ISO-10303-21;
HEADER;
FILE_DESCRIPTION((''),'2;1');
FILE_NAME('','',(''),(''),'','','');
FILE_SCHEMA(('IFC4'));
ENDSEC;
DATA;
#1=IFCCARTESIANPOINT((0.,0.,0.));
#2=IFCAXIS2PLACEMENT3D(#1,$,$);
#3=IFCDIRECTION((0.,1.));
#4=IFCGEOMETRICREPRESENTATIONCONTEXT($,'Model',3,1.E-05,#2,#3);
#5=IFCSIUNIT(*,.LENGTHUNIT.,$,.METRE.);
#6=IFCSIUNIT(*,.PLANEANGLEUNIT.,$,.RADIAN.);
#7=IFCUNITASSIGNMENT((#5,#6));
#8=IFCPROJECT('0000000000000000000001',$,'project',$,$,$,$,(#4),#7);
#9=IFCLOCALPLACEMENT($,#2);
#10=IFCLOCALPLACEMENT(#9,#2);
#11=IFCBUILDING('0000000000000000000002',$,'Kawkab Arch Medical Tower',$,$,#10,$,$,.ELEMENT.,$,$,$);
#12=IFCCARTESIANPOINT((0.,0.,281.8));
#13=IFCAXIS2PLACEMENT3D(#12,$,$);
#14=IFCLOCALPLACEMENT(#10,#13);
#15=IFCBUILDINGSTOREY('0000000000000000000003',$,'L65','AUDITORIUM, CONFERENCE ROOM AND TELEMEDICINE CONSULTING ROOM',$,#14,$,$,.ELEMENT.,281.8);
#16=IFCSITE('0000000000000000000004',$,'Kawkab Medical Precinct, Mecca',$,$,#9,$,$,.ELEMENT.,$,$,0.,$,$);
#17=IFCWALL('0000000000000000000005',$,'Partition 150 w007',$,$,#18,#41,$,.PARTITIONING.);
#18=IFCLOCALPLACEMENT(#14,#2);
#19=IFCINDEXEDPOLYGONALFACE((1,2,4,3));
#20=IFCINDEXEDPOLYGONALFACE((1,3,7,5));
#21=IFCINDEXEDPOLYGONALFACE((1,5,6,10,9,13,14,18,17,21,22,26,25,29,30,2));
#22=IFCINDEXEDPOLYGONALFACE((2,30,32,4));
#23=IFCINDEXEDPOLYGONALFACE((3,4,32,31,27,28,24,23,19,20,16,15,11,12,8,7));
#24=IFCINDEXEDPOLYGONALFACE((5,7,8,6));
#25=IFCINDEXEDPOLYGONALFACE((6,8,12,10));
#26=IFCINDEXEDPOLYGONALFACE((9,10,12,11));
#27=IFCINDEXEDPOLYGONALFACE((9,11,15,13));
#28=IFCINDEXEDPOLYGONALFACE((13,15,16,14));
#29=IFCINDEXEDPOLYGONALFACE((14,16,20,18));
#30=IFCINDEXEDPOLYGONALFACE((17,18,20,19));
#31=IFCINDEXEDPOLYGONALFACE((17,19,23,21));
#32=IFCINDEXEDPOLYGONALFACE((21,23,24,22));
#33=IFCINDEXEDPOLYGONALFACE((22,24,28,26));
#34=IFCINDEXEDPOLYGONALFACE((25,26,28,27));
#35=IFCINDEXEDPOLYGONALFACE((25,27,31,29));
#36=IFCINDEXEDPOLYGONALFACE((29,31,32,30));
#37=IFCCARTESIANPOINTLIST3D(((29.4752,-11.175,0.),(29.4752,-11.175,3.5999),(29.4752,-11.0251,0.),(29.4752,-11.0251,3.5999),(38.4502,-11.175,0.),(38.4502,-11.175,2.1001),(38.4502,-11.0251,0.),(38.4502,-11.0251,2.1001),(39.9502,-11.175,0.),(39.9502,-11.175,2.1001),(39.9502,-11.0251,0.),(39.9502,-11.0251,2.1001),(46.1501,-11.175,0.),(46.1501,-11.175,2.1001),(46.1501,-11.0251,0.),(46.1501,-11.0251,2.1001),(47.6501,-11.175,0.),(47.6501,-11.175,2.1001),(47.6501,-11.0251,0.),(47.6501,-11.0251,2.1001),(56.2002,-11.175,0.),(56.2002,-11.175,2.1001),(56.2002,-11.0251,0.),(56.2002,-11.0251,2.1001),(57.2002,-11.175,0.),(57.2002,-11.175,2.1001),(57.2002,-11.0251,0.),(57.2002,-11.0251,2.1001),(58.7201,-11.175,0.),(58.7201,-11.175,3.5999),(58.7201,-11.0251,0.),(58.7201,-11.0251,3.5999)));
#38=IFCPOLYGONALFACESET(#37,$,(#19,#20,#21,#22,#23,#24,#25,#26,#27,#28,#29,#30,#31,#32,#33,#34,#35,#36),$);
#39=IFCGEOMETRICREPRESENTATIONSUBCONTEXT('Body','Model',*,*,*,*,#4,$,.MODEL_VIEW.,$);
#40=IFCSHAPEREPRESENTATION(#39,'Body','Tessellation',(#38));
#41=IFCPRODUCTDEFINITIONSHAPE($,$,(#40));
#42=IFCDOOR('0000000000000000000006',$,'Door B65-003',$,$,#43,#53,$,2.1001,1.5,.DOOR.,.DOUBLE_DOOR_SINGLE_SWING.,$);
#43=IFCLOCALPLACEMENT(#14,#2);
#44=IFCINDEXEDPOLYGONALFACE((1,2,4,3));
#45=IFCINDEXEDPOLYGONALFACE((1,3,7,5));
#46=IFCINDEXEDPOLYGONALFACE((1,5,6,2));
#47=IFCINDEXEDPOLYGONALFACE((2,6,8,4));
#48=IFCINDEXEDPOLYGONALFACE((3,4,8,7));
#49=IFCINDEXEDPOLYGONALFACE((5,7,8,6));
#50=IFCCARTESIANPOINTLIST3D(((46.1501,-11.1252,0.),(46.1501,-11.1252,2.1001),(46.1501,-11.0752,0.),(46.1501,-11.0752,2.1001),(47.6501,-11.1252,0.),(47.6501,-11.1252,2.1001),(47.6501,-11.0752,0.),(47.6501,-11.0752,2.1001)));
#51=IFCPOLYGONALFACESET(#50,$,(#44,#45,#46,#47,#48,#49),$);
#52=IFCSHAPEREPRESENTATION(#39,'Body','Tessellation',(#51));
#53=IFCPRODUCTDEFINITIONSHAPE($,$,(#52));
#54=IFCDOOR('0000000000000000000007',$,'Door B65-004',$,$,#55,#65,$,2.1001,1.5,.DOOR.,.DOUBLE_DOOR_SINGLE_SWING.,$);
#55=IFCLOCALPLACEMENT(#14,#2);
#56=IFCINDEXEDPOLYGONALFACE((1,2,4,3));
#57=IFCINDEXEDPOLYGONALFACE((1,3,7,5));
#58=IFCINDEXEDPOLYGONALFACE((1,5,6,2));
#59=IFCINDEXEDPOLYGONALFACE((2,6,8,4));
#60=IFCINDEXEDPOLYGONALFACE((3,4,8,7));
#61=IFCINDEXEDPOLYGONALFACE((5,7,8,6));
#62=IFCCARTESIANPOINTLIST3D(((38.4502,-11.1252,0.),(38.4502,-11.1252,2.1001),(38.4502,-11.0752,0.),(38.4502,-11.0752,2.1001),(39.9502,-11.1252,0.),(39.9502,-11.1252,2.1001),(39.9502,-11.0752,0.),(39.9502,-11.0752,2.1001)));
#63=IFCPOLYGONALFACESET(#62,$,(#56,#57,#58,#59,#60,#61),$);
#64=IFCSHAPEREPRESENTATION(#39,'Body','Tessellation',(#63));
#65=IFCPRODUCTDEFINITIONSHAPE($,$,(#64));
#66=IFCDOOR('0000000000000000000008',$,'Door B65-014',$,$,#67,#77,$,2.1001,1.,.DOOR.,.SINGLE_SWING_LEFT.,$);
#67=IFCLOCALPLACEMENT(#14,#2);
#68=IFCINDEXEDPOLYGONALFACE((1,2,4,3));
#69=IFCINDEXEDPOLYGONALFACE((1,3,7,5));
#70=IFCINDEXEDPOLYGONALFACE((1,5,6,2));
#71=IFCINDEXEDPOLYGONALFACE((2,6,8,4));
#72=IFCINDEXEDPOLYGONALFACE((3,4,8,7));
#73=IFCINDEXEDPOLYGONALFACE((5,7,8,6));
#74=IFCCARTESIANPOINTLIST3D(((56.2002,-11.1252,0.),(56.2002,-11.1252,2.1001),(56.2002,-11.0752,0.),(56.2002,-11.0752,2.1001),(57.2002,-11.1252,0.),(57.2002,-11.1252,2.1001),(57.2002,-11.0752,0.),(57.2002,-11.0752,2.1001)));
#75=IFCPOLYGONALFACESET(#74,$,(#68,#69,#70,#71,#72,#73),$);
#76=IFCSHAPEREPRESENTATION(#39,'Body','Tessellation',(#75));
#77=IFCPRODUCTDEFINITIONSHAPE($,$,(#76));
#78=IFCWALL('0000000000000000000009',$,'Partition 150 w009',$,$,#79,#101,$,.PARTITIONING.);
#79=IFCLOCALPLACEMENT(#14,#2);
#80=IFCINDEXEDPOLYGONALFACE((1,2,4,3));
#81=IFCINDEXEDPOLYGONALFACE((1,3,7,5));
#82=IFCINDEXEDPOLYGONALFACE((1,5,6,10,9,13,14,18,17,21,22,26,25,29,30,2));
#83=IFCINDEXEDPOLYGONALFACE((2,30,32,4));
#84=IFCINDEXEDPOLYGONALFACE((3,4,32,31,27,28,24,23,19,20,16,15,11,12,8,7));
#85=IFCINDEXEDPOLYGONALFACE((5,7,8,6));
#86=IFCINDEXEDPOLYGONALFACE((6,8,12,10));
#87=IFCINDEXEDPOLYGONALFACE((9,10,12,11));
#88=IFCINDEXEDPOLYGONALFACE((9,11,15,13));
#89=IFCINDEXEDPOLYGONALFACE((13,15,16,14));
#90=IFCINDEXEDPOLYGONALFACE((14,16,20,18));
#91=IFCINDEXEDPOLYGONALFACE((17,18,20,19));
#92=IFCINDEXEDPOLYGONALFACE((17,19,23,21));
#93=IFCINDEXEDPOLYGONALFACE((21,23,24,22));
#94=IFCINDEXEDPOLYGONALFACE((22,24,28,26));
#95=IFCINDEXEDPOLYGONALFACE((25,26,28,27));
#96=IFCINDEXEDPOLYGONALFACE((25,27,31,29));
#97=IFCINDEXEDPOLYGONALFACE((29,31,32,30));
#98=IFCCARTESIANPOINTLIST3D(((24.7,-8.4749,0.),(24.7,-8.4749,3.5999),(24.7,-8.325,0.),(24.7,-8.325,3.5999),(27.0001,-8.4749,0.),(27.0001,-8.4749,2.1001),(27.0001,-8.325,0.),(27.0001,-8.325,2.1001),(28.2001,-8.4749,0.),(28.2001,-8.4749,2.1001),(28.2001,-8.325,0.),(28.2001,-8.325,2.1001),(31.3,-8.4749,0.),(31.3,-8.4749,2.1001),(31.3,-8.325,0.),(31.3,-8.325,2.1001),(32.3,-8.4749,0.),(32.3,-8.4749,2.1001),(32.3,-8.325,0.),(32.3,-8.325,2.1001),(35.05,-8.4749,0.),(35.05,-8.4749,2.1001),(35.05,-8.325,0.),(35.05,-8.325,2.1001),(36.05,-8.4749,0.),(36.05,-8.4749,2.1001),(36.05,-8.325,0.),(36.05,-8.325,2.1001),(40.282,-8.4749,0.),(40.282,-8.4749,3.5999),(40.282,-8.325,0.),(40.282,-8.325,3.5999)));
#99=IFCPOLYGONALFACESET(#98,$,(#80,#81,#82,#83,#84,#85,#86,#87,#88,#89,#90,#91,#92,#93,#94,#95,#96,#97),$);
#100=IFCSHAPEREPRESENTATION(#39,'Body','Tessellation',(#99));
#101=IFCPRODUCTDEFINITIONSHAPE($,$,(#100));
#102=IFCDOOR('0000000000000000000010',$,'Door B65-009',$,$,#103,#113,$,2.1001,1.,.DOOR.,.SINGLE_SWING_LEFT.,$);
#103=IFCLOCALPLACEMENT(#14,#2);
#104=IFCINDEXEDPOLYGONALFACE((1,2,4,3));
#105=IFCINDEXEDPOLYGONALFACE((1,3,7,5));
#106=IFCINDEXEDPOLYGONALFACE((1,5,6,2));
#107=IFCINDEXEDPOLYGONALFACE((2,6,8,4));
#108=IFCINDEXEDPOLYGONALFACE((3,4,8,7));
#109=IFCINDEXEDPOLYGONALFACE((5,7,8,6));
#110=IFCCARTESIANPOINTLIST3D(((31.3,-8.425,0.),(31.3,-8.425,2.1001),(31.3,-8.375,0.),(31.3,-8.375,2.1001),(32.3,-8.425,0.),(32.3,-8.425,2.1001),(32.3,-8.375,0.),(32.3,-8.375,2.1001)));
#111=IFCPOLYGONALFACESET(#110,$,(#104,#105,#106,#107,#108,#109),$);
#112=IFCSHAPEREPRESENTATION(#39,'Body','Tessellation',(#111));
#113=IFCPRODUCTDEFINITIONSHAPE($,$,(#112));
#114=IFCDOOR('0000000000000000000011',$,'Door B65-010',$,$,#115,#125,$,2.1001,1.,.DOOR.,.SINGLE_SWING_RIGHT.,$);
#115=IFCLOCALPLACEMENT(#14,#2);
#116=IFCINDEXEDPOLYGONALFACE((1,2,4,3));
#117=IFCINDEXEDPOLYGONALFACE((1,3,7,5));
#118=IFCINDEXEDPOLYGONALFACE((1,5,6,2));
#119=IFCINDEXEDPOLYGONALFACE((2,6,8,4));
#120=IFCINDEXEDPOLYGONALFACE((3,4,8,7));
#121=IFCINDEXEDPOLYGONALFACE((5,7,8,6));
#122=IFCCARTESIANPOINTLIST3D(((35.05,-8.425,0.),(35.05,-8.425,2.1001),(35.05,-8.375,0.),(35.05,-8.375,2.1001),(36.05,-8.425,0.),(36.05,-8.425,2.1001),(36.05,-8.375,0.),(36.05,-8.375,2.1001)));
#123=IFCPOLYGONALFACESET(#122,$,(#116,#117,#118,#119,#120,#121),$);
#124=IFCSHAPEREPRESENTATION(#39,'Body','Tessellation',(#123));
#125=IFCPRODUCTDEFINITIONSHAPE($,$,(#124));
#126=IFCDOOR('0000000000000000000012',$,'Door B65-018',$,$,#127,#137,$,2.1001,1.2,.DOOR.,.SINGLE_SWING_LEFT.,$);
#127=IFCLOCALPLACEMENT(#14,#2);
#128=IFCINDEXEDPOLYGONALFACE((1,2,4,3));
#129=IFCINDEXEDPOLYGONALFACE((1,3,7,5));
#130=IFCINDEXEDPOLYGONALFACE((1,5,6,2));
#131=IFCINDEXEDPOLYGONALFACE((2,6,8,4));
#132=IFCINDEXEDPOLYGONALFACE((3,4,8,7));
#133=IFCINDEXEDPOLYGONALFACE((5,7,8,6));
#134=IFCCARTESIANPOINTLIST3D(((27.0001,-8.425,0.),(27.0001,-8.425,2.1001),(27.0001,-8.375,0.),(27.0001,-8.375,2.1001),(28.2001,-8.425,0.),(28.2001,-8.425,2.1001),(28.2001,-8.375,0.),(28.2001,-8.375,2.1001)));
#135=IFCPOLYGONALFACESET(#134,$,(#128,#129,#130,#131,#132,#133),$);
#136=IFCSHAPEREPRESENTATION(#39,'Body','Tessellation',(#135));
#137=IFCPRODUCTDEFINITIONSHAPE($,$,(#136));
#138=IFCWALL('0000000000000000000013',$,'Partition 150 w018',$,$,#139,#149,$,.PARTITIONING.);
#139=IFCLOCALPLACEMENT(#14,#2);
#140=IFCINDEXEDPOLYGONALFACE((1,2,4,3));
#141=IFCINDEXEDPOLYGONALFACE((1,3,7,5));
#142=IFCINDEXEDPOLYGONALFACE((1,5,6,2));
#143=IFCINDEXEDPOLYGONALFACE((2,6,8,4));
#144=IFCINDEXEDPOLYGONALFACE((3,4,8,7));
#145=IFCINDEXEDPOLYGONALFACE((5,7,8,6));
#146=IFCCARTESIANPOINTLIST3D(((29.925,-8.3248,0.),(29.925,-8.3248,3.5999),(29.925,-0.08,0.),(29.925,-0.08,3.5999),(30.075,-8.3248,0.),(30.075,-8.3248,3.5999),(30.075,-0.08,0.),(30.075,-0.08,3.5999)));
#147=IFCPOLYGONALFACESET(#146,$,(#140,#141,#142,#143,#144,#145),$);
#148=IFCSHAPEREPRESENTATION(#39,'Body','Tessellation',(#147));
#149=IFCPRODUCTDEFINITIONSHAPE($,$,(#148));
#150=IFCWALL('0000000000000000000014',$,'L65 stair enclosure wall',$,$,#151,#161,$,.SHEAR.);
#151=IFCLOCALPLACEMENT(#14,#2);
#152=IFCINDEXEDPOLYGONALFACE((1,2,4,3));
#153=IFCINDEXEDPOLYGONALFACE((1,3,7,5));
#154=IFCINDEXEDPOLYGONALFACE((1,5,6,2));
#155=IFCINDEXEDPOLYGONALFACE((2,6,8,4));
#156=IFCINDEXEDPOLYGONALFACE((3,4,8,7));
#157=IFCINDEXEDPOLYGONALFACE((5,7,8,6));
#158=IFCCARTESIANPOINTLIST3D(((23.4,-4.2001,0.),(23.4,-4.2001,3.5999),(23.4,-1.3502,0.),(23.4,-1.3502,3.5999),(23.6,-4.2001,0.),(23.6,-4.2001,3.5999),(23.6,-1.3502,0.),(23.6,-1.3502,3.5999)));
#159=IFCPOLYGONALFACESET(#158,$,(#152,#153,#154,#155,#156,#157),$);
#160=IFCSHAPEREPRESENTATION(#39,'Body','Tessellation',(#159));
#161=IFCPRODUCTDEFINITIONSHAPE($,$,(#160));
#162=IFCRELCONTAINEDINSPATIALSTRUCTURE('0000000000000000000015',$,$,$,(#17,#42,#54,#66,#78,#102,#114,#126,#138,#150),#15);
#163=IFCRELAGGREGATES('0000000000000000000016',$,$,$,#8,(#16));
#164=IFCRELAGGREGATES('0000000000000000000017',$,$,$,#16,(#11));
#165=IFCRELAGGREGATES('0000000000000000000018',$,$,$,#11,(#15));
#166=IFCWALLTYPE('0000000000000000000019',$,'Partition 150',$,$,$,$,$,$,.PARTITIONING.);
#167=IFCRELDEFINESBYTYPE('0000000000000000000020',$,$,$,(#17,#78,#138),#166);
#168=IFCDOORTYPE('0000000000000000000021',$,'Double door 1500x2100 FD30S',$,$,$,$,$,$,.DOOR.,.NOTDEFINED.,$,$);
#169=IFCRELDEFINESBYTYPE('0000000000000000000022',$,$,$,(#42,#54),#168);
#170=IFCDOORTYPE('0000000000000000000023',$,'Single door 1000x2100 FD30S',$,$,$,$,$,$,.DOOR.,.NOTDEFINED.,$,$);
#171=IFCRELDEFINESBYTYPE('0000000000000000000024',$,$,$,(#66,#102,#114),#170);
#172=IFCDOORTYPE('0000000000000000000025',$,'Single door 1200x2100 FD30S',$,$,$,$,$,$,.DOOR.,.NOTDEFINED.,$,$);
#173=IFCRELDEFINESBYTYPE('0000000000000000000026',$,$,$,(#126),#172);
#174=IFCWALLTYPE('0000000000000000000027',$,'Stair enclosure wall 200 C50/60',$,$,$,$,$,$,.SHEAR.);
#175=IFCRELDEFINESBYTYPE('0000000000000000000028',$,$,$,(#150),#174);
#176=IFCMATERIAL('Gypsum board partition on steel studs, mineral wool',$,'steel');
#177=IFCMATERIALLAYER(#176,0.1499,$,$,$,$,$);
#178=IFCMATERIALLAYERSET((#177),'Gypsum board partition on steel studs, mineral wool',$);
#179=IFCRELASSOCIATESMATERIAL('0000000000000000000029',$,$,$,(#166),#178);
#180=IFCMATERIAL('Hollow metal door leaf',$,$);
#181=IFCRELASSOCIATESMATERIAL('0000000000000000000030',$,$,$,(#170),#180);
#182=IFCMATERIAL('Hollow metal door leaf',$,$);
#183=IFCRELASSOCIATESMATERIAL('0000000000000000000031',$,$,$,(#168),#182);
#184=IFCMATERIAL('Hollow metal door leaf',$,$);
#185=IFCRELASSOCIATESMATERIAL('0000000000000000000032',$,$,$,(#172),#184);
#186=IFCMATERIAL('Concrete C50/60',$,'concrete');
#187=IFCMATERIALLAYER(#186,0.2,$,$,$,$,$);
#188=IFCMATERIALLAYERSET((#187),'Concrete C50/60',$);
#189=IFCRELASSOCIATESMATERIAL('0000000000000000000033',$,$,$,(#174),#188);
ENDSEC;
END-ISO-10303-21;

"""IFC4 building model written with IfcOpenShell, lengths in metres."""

from ifc_helpers import new_model, si_unit, direction, frame, frame_2d, origin, place, context, subcontext, project, spatial, rectangle, extrude, material, layer, layer_set, type_object, element, fill, save


model = new_model("IFC4")

# Units and contexts
model_context = context("Model", 3, precision=1e-05, world=origin(), true_north=direction((0.0, 1.0)))
body_context = subcontext(model_context, "Body", "Model", "MODEL_VIEW")
ifc_project = project(units=[si_unit("LENGTHUNIT", "METRE"), si_unit("PLANEANGLEUNIT", "RADIAN")], contexts=[model_context])

# Site, building, storey
site_placement = place(None, origin())
site = spatial("IfcSite", under=ifc_project, at=site_placement, Name="Kawkab Medical Precinct, Mecca", CompositionType="ELEMENT", RefElevation=0.0)
building_placement = place(site_placement, origin())
building = spatial("IfcBuilding", under=site, at=building_placement, Name="Kawkab Arch Medical Tower", CompositionType="ELEMENT")
storey_placement = place(building_placement, frame((0.0, 0.0, 281.8)))
storey = spatial("IfcBuildingStorey", under=building, at=storey_placement, Name="L65", Description="AUDITORIUM, CONFERENCE ROOM AND TELEMEDICINE CONSULTING ROOM", CompositionType="ELEMENT", Elevation=281.8)

# Walls, openings, doors
ifc_material_1 = material(Name="Gypsum board partition on steel studs, mineral wool", Category="steel")
ifc_layer_1 = layer(ifc_material_1, 0.1499)
ifc_layer_set_1 = layer_set([ifc_layer_1], Name="Gypsum board partition on steel studs, mineral wool")
wall_type_1 = type_object("IfcWallType", Name="Partition 150", PredefinedType="PARTITIONING", material=ifc_layer_set_1)
ifc_material_2 = material(Name="Hollow metal door leaf")
door_type_1 = type_object("IfcDoorType", Name="Single door 1000x2100 FD30S", OperationType="NOTDEFINED", PredefinedType="DOOR", material=ifc_material_2)
wall_1_placement = place(storey_placement, frame((29.4751, -11.1001, 0.0), z_axis=(0.0, 0.0, 1.0), x_axis=(1.0, 0.0, 0.0)))
wall_1 = element("IfcWall", 1, at=wall_1_placement, inside=storey, type_object=wall_type_1, Name="Partition 150 w007", PredefinedType="PARTITIONING", context=body_context, shape_type="SweptSolid", body=[
    extrude(rectangle(XDim=29.2449, YDim=0.1499, at=frame_2d((14.6226, 0.0))), origin(), (0.0, 0.0, 1.0), 3.5999),
])
opening_1_placement = place(wall_1_placement, frame((26.7251, 0.0, 0.0)))
opening_1 = element("IfcOpeningElement", 2, at=opening_1_placement, cuts=wall_1, PredefinedType="OPENING", context=body_context, shape_type="SweptSolid", body=[
    extrude(rectangle(XDim=1.0, YDim=2.1001, at=frame_2d((0.5, 1.05))), frame((0.0, 0.085, 0.0), z_axis=(0.0, -1.0, 0.0), x_axis=(1.0, 0.0, 0.0)), (0.0, 0.0, 1.0), 0.1699),
])
opening_2_placement = place(wall_1_placement, frame((16.675, 0.0, 0.0)))
opening_2 = element("IfcOpeningElement", 3, at=opening_2_placement, cuts=wall_1, PredefinedType="OPENING", context=body_context, shape_type="SweptSolid", body=[
    extrude(rectangle(XDim=1.5, YDim=2.1001, at=frame_2d((0.75, 1.05))), frame((0.0, 0.085, 0.0), z_axis=(0.0, -1.0, 0.0), x_axis=(1.0, 0.0, 0.0)), (0.0, 0.0, 1.0), 0.1699),
])
opening_3_placement = place(wall_1_placement, frame((8.9751, 0.0, 0.0)))
opening_3 = element("IfcOpeningElement", 4, at=opening_3_placement, cuts=wall_1, PredefinedType="OPENING", context=body_context, shape_type="SweptSolid", body=[
    extrude(rectangle(XDim=1.5, YDim=2.1001, at=frame_2d((0.75, 1.05))), frame((0.0, 0.085, 0.0), z_axis=(0.0, -1.0, 0.0), x_axis=(1.0, 0.0, 0.0)), (0.0, 0.0, 1.0), 0.1699),
])
ifc_material_3 = material(Name="Hollow metal door leaf")
door_type_2 = type_object("IfcDoorType", Name="Double door 1500x2100 FD30S", OperationType="NOTDEFINED", PredefinedType="DOOR", material=ifc_material_3)
door_1_placement = place(opening_2_placement, origin())
door_1 = element("IfcDoor", 5, at=door_1_placement, inside=storey, type_object=door_type_2, Name="Door B65-003", OperationType="DOUBLE_DOOR_SINGLE_SWING", OverallHeight=2.1001, OverallWidth=1.5, PredefinedType="DOOR", context=body_context, shape_type="SweptSolid", body=[
    extrude(rectangle(XDim=1.5, YDim=2.1001, at=frame_2d((0.75, 1.05))), frame((0.0, 0.0249, 0.0), z_axis=(0.0, -1.0, 0.0), x_axis=(1.0, 0.0, 0.0)), (0.0, 0.0, 1.0), 0.05),
])
fill(opening_2, door_1)
door_2_placement = place(opening_3_placement, origin())
door_2 = element("IfcDoor", 6, at=door_2_placement, inside=storey, type_object=door_type_2, Name="Door B65-004", OperationType="DOUBLE_DOOR_SINGLE_SWING", OverallHeight=2.1001, OverallWidth=1.5, PredefinedType="DOOR", context=body_context, shape_type="SweptSolid", body=[
    extrude(rectangle(XDim=1.5, YDim=2.1001, at=frame_2d((0.75, 1.05))), frame((0.0, 0.0249, 0.0), z_axis=(0.0, -1.0, 0.0), x_axis=(1.0, 0.0, 0.0)), (0.0, 0.0, 1.0), 0.05),
])
fill(opening_3, door_2)
door_3_placement = place(opening_1_placement, origin())
door_3 = element("IfcDoor", 7, at=door_3_placement, inside=storey, type_object=door_type_1, Name="Door B65-014", OperationType="SINGLE_SWING_LEFT", OverallHeight=2.1001, OverallWidth=1.0, PredefinedType="DOOR", context=body_context, shape_type="SweptSolid", body=[
    extrude(rectangle(XDim=1.0, YDim=2.1001, at=frame_2d((0.5, 1.05))), frame((0.0, 0.0249, 0.0), z_axis=(0.0, -1.0, 0.0), x_axis=(1.0, 0.0, 0.0)), (0.0, 0.0, 1.0), 0.05),
])
fill(opening_1, door_3)
wall_2_placement = place(storey_placement, frame((24.7, -8.3999, 0.0), z_axis=(0.0, 0.0, 1.0), x_axis=(1.0, 0.0, 0.0)))
wall_2 = element("IfcWall", 8, at=wall_2_placement, inside=storey, type_object=wall_type_1, Name="Partition 150 w009", PredefinedType="PARTITIONING", context=body_context, shape_type="SweptSolid", body=[
    extrude(rectangle(XDim=15.582, YDim=0.1499, at=frame_2d((7.791, 0.0))), origin(), (0.0, 0.0, 1.0), 3.5999),
])
opening_4_placement = place(wall_2_placement, frame((2.3, 0.0, 0.0)))
opening_4 = element("IfcOpeningElement", 9, at=opening_4_placement, cuts=wall_2, PredefinedType="OPENING", context=body_context, shape_type="SweptSolid", body=[
    extrude(rectangle(XDim=1.2, YDim=2.1001, at=frame_2d((0.6001, 1.05))), frame((0.0, 0.085, 0.0), z_axis=(0.0, -1.0, 0.0), x_axis=(1.0, 0.0, 0.0)), (0.0, 0.0, 1.0), 0.1699),
])
opening_5_placement = place(wall_2_placement, frame((6.6001, 0.0, 0.0)))
opening_5 = element("IfcOpeningElement", 10, at=opening_5_placement, cuts=wall_2, PredefinedType="OPENING", context=body_context, shape_type="SweptSolid", body=[
    extrude(rectangle(XDim=1.0, YDim=2.1001, at=frame_2d((0.5, 1.05))), frame((0.0, 0.085, 0.0), z_axis=(0.0, -1.0, 0.0), x_axis=(1.0, 0.0, 0.0)), (0.0, 0.0, 1.0), 0.1699),
])
opening_6_placement = place(wall_2_placement, frame((10.3501, 0.0, 0.0)))
opening_6 = element("IfcOpeningElement", 11, at=opening_6_placement, cuts=wall_2, PredefinedType="OPENING", context=body_context, shape_type="SweptSolid", body=[
    extrude(rectangle(XDim=1.0, YDim=2.1001, at=frame_2d((0.5, 1.05))), frame((0.0, 0.085, 0.0), z_axis=(0.0, -1.0, 0.0), x_axis=(1.0, 0.0, 0.0)), (0.0, 0.0, 1.0), 0.1699),
])
door_4_placement = place(opening_5_placement, origin())
door_4 = element("IfcDoor", 12, at=door_4_placement, inside=storey, type_object=door_type_1, Name="Door B65-009", OperationType="SINGLE_SWING_LEFT", OverallHeight=2.1001, OverallWidth=1.0, PredefinedType="DOOR", context=body_context, shape_type="SweptSolid", body=[
    extrude(rectangle(XDim=1.0, YDim=2.1001, at=frame_2d((0.5, 1.05))), frame((0.0, 0.0249, 0.0), z_axis=(0.0, -1.0, 0.0), x_axis=(1.0, 0.0, 0.0)), (0.0, 0.0, 1.0), 0.05),
])
fill(opening_5, door_4)
door_5_placement = place(opening_6_placement, origin())
door_5 = element("IfcDoor", 13, at=door_5_placement, inside=storey, type_object=door_type_1, Name="Door B65-010", OperationType="SINGLE_SWING_RIGHT", OverallHeight=2.1001, OverallWidth=1.0, PredefinedType="DOOR", context=body_context, shape_type="SweptSolid", body=[
    extrude(rectangle(XDim=1.0, YDim=2.1001, at=frame_2d((0.5, 1.05))), frame((0.0, 0.0249, 0.0), z_axis=(0.0, -1.0, 0.0), x_axis=(1.0, 0.0, 0.0)), (0.0, 0.0, 1.0), 0.05),
])
fill(opening_6, door_5)
ifc_material_4 = material(Name="Hollow metal door leaf")
door_type_3 = type_object("IfcDoorType", Name="Single door 1200x2100 FD30S", OperationType="NOTDEFINED", PredefinedType="DOOR", material=ifc_material_4)
door_6_placement = place(opening_4_placement, origin())
door_6 = element("IfcDoor", 14, at=door_6_placement, inside=storey, type_object=door_type_3, Name="Door B65-018", OperationType="SINGLE_SWING_LEFT", OverallHeight=2.1001, OverallWidth=1.2, PredefinedType="DOOR", context=body_context, shape_type="SweptSolid", body=[
    extrude(rectangle(XDim=1.2, YDim=2.1001, at=frame_2d((0.6001, 1.05))), frame((0.0, 0.0249, 0.0), z_axis=(0.0, -1.0, 0.0), x_axis=(1.0, 0.0, 0.0)), (0.0, 0.0, 1.0), 0.05),
])
fill(opening_4, door_6)

# Walls
wall_3_placement = place(storey_placement, frame((30.0, -8.325, 0.0), z_axis=(0.0, 0.0, 1.0), x_axis=(0.0, 1.0, 0.0)))
element("IfcWall", 15, at=wall_3_placement, inside=storey, type_object=wall_type_1, Name="Partition 150 w018", PredefinedType="PARTITIONING", context=body_context, shape_type="SweptSolid", body=[
    extrude(rectangle(XDim=8.2449, YDim=0.1499, at=frame_2d((4.1226, 0.0))), origin(), (0.0, 0.0, 1.0), 3.5999),
])
ifc_material_5 = material(Name="Concrete C50/60", Category="concrete")
ifc_layer_2 = layer(ifc_material_5, 0.2)
ifc_layer_set_2 = layer_set([ifc_layer_2], Name="Concrete C50/60")
wall_type_2 = type_object("IfcWallType", Name="Stair enclosure wall 200 C50/60", PredefinedType="SHEAR", material=ifc_layer_set_2)
wall_4_placement = place(storey_placement, frame((23.5, -4.2, 0.0), z_axis=(0.0, 0.0, 1.0), x_axis=(0.0, 1.0, 0.0)))
element("IfcWall", 16, at=wall_4_placement, inside=storey, type_object=wall_type_2, Name="L65 stair enclosure wall", PredefinedType="SHEAR", context=body_context, shape_type="SweptSolid", body=[
    extrude(rectangle(XDim=2.8499, YDim=0.2, at=frame_2d((1.4248, 0.0))), origin(), (0.0, 0.0, 1.0), 3.5999),
])

save(model, "model.ifc")
